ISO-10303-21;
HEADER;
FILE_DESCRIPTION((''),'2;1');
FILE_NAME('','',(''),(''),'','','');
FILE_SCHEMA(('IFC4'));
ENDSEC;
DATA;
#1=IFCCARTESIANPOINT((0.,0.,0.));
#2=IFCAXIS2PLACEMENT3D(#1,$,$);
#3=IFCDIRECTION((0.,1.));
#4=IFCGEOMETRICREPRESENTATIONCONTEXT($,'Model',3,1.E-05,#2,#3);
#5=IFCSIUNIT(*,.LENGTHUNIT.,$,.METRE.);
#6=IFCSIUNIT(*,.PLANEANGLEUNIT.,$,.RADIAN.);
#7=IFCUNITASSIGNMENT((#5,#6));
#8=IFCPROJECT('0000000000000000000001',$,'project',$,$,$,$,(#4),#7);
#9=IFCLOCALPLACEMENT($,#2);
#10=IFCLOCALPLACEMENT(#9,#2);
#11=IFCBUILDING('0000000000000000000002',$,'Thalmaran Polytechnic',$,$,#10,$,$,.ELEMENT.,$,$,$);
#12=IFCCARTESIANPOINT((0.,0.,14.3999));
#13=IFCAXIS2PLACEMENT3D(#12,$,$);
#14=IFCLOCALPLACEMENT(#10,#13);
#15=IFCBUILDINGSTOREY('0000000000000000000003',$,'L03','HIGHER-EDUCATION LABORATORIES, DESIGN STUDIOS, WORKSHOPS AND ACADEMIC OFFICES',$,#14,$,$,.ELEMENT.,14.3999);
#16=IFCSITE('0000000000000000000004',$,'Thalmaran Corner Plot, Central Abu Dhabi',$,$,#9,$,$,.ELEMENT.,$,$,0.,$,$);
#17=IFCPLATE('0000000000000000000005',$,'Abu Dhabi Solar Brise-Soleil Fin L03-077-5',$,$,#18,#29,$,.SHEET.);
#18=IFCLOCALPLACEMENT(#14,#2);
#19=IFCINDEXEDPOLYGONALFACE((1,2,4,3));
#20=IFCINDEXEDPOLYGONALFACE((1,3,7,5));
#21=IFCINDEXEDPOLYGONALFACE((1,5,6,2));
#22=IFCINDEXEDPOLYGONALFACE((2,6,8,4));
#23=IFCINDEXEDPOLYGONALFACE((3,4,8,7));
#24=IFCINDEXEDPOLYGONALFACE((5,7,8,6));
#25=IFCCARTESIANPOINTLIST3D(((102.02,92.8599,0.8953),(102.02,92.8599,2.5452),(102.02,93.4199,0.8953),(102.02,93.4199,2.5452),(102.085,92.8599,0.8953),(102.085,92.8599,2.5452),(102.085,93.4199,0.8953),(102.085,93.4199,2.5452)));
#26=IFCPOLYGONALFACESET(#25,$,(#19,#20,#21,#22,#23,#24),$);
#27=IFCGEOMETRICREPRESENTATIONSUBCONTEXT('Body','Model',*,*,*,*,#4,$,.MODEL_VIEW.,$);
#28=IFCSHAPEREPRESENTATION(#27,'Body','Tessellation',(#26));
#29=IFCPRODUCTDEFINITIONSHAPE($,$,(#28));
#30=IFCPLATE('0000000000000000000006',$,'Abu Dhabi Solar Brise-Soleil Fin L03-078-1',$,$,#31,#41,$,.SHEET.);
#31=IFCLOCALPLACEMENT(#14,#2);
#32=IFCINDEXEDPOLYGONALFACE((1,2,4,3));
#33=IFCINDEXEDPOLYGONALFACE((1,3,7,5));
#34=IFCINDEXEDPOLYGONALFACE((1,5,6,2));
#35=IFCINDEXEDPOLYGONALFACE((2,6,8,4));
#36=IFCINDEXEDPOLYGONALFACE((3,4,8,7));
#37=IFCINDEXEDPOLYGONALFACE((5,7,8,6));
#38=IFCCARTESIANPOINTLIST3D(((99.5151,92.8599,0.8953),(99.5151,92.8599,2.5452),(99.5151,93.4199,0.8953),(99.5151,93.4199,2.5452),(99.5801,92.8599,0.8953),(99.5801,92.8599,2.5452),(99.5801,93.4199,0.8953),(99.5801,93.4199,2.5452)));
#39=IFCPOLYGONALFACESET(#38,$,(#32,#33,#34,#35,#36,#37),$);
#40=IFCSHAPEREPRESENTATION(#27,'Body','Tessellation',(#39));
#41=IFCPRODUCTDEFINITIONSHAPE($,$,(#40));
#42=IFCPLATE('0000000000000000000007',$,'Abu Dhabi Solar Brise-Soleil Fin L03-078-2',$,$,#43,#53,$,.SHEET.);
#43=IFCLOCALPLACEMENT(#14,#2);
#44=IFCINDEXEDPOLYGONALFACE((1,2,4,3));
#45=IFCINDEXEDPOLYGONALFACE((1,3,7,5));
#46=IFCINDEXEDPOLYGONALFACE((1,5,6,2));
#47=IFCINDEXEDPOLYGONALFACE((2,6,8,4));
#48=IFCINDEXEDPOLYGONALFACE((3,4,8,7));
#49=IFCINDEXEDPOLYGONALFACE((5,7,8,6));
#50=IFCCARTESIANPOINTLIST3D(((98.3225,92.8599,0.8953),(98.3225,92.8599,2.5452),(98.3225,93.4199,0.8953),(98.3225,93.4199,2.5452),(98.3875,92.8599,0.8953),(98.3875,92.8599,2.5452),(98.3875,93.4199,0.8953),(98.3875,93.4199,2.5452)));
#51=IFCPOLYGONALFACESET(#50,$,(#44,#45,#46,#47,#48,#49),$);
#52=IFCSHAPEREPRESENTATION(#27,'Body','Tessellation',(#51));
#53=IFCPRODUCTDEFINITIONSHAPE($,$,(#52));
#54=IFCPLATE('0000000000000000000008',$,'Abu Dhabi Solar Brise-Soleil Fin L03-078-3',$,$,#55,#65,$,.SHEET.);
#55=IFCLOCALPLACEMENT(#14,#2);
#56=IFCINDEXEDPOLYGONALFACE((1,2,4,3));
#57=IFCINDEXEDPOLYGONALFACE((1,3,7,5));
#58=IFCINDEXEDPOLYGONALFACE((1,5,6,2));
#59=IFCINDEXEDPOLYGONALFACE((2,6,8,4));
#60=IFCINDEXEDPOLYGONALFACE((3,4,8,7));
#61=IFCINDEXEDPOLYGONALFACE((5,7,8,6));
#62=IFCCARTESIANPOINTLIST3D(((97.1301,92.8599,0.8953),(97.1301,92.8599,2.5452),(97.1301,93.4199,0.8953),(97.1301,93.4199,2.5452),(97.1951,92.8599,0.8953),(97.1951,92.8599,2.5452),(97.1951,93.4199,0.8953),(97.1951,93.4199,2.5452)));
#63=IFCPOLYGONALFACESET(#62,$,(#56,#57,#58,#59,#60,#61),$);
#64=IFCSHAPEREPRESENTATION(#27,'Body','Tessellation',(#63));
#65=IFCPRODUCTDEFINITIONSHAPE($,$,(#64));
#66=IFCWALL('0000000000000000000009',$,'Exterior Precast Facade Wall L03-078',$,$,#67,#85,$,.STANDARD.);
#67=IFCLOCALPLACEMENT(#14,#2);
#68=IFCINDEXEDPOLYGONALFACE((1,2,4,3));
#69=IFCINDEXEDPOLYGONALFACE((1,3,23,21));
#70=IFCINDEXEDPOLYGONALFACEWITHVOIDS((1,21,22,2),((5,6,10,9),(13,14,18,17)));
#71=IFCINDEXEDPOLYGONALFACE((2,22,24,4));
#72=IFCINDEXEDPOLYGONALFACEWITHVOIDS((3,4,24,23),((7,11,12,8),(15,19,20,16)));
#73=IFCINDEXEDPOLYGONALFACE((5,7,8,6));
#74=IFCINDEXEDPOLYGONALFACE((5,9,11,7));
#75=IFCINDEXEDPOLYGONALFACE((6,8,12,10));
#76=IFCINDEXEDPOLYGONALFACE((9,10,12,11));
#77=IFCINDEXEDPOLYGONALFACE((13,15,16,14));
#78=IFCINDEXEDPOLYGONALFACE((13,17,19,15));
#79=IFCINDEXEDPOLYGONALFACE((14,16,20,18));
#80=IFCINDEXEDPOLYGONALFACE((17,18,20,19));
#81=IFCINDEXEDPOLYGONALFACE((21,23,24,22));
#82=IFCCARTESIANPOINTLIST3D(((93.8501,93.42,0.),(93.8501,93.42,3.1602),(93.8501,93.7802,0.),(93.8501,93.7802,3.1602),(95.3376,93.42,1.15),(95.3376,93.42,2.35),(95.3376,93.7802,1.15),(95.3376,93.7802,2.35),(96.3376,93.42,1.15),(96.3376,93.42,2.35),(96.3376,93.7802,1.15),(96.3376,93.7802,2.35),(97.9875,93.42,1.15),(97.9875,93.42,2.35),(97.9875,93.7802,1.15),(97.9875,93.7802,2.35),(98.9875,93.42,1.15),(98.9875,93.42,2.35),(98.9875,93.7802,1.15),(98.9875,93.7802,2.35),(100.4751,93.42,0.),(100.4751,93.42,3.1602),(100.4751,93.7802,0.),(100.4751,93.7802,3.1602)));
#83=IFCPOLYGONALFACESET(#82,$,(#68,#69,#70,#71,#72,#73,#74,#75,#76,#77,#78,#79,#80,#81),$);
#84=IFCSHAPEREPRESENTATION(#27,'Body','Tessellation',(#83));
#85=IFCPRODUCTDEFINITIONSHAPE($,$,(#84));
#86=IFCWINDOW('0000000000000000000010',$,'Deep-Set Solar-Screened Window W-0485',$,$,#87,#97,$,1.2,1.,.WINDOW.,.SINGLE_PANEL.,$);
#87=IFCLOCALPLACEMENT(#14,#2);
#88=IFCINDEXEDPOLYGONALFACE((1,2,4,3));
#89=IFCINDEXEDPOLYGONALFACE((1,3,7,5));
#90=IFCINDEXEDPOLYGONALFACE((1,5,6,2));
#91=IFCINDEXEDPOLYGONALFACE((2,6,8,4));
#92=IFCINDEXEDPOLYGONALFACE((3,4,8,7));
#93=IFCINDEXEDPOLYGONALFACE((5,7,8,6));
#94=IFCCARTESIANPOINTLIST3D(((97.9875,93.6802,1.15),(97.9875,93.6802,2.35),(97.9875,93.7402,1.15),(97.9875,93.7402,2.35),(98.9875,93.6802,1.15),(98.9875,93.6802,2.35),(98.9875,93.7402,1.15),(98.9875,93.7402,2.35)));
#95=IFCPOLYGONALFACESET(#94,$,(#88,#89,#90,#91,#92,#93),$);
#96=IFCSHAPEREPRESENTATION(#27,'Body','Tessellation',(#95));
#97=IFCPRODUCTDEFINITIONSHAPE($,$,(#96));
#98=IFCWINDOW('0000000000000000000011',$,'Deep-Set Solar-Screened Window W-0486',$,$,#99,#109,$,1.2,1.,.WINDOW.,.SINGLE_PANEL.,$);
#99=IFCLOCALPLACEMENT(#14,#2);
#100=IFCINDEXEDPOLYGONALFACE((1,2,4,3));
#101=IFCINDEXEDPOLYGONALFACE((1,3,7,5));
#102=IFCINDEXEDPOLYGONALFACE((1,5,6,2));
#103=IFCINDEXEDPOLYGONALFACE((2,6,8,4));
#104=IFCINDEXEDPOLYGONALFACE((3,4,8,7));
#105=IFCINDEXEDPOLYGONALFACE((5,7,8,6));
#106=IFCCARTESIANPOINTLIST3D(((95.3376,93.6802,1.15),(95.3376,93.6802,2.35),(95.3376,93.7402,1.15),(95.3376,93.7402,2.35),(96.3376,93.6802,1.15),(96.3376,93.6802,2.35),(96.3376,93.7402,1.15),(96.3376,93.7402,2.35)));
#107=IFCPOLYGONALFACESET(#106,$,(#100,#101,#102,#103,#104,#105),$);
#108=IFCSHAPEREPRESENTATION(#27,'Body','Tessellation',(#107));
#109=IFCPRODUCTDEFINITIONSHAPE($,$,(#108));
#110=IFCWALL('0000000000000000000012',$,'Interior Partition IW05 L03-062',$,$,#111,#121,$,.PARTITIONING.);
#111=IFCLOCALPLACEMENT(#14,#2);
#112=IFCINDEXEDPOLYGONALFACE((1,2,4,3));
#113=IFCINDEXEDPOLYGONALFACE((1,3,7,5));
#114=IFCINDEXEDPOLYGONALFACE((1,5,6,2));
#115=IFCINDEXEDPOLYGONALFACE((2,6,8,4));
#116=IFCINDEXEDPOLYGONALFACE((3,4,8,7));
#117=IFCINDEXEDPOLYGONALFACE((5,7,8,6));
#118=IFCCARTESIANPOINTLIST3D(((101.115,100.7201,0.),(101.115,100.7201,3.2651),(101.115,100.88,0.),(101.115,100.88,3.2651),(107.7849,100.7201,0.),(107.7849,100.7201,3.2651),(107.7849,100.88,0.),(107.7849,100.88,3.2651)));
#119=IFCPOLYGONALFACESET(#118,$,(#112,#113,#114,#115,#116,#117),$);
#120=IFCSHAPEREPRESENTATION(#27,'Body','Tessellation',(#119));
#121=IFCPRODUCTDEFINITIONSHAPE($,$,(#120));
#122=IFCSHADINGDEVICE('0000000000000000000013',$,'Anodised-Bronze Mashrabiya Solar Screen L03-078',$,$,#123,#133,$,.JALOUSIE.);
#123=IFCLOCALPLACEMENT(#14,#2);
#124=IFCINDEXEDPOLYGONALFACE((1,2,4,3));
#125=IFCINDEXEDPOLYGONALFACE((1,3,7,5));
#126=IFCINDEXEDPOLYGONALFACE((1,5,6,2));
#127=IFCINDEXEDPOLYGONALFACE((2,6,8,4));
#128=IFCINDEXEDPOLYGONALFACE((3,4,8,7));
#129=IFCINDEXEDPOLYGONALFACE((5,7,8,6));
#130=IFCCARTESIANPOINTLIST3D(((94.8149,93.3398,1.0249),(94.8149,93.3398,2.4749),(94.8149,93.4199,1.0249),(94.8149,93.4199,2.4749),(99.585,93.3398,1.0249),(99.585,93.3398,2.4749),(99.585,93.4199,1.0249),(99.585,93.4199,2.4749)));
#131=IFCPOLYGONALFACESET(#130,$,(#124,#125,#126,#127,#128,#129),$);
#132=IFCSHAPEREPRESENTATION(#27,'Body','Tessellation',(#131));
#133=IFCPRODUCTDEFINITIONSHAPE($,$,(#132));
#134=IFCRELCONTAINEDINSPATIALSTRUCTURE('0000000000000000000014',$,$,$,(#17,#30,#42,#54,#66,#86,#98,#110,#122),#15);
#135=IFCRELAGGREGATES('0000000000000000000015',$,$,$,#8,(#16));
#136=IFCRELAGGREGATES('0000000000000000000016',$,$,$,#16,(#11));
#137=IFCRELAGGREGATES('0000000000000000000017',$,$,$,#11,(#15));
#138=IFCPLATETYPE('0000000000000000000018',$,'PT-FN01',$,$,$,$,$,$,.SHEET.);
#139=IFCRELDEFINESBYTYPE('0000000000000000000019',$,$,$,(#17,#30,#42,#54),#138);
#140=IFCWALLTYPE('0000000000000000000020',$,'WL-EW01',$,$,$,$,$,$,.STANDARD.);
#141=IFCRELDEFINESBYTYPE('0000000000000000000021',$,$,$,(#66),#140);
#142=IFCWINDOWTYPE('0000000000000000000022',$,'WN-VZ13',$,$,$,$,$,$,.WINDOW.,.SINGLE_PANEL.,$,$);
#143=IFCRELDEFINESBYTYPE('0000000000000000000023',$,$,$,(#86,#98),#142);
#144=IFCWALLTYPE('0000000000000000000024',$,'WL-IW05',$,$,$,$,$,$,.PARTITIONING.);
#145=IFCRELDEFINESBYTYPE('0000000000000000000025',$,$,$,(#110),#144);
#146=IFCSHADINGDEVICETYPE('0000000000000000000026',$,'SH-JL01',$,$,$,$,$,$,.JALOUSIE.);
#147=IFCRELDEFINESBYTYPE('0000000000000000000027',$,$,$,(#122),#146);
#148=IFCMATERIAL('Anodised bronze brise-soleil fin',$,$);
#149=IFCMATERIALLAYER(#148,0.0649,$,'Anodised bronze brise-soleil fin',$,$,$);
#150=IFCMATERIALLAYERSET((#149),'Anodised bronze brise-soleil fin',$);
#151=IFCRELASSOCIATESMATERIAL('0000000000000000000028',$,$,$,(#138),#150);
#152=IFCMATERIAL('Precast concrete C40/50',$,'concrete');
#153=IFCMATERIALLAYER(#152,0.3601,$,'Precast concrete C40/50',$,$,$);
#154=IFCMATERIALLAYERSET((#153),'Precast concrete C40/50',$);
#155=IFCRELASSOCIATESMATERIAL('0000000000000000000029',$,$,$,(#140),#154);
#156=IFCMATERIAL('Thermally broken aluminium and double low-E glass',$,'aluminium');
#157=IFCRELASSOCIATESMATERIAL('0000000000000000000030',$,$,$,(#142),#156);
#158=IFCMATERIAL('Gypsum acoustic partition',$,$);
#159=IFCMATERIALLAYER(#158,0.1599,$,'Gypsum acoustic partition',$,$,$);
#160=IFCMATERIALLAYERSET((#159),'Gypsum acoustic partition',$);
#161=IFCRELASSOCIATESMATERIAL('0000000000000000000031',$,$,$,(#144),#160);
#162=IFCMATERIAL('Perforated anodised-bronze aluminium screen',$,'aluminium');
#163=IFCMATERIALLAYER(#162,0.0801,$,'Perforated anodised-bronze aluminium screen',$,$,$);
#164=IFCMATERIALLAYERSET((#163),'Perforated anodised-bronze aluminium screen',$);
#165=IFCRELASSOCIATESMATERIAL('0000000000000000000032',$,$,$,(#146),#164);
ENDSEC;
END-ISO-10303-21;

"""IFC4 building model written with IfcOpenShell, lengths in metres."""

from ifc_helpers import new_model, si_unit, direction, frame, frame_2d, origin, origin_2d, place, context, subcontext, project, spatial, rectangle, extrude, material, layer, layer_set, type_object, element, fill, save


model = new_model("IFC4")

# Units and contexts
model_context = context("Model", 3, precision=1e-05, world=origin(), true_north=direction((0.0, 1.0)))
body_context = subcontext(model_context, "Body", "Model", "MODEL_VIEW")
ifc_project = project(units=[si_unit("LENGTHUNIT", "METRE"), si_unit("PLANEANGLEUNIT", "RADIAN")], contexts=[model_context])

# Site, building, storey
site_placement = place(None, origin())
site = spatial("IfcSite", under=ifc_project, at=site_placement, Name="Thalmaran Corner Plot, Central Abu Dhabi", CompositionType="ELEMENT", RefElevation=0.0)
building_placement = place(site_placement, origin())
building = spatial("IfcBuilding", under=site, at=building_placement, Name="Thalmaran Polytechnic", CompositionType="ELEMENT")
storey_placement = place(building_placement, frame((0.0, 0.0, 14.3999)))
storey = spatial("IfcBuildingStorey", under=building, at=storey_placement, Name="L03", Description="HIGHER-EDUCATION LABORATORIES, DESIGN STUDIOS, WORKSHOPS AND ACADEMIC OFFICES", CompositionType="ELEMENT", Elevation=14.3999)

# Plates
ifc_material_1 = material(Name="Anodised bronze brise-soleil fin")
ifc_layer_1 = layer(ifc_material_1, 0.0649, Name="Anodised bronze brise-soleil fin")
ifc_layer_set_1 = layer_set([ifc_layer_1], Name="Anodised bronze brise-soleil fin")
plate_type_1 = type_object("IfcPlateType", Name="PT-FN01", PredefinedType="SHEET", material=ifc_layer_set_1)
for number, where, z_axis, x_axis, name in (
    (1, (102.0525, 93.1399, 0.8953), (0.0, 0.0, 1.0), (-1.0, 0.0, 0.0), "Abu Dhabi Solar Brise-Soleil Fin L03-077-5"),
    (2, (99.5476, 93.1399, 0.8953), (0.0, 0.0, 1.0), (-1.0, 0.0, 0.0), "Abu Dhabi Solar Brise-Soleil Fin L03-078-1"),
    (3, (98.355, 93.1399, 0.8953), (0.0, 0.0, 1.0), (-1.0, 0.0, 0.0), "Abu Dhabi Solar Brise-Soleil Fin L03-078-2"),
    (4, (97.1626, 93.1399, 0.8953), (0.0, 0.0, 1.0), (-1.0, 0.0, 0.0), "Abu Dhabi Solar Brise-Soleil Fin L03-078-3"),
):
    element("IfcPlate", number, at=place(storey_placement, frame(where, z_axis=z_axis, x_axis=x_axis)), inside=storey, type_object=plate_type_1, Name=name, PredefinedType="SHEET", context=body_context, shape_type="SweptSolid", body=[
        extrude(rectangle(XDim=0.0649, YDim=0.5601, at=origin_2d()), origin(), (0.0, 0.0, 1.0), 1.6499),
    ])

# Wall, openings, windows
ifc_material_2 = material(Name="Precast concrete C40/50", Category="concrete")
ifc_layer_2 = layer(ifc_material_2, 0.3601, Name="Precast concrete C40/50")
ifc_layer_set_2 = layer_set([ifc_layer_2], Name="Precast concrete C40/50")
wall_type_1 = type_object("IfcWallType", Name="WL-EW01", PredefinedType="STANDARD", material=ifc_layer_set_2)
wall_1_placement = place(storey_placement, frame((100.4751, 93.6001, 0.0), z_axis=(0.0, 0.0, 1.0), x_axis=(-1.0, 0.0, 0.0)))
wall_1 = element("IfcWall", 5, at=wall_1_placement, inside=storey, type_object=wall_type_1, Name="Exterior Precast Facade Wall L03-078", PredefinedType="STANDARD", context=body_context, shape_type="SweptSolid", body=[
    extrude(rectangle(XDim=6.625, YDim=0.3601, at=frame_2d((3.3125, 0.0))), origin(), (0.0, 0.0, 1.0), 3.1602),
])
opening_1_placement = place(wall_1_placement, frame((1.4875, 0.0, 1.1499)))
opening_1 = element("IfcOpeningElement", 6, at=opening_1_placement, cuts=wall_1, PredefinedType="OPENING", context=body_context, shape_type="SweptSolid", body=[
    extrude(rectangle(XDim=1.0, YDim=1.2, at=frame_2d((0.5, 0.6001))), frame((0.0, 0.1899, 0.0), z_axis=(0.0, -1.0, 0.0), x_axis=(1.0, 0.0, 0.0)), (0.0, 0.0, 1.0), 0.3801),
])
opening_2_placement = place(wall_1_placement, frame((4.1375, 0.0, 1.1499)))
opening_2 = element("IfcOpeningElement", 7, at=opening_2_placement, cuts=wall_1, PredefinedType="OPENING", context=body_context, shape_type="SweptSolid", body=[
    extrude(rectangle(XDim=1.0, YDim=1.2, at=frame_2d((0.5, 0.6001))), frame((0.0, 0.1899, 0.0), z_axis=(0.0, -1.0, 0.0), x_axis=(1.0, 0.0, 0.0)), (0.0, 0.0, 1.0), 0.3801),
])
ifc_material_3 = material(Name="Thermally broken aluminium and double low-E glass", Category="aluminium")
window_type = type_object("IfcWindowType", Name="WN-VZ13", PartitioningType="SINGLE_PANEL", PredefinedType="WINDOW", material=ifc_material_3)
window_1_placement = place(opening_1_placement, origin())
window_1 = element("IfcWindow", 8, at=window_1_placement, inside=storey, type_object=window_type, Name="Deep-Set Solar-Screened Window W-0485", OverallHeight=1.2, OverallWidth=1.0, PartitioningType="SINGLE_PANEL", PredefinedType="WINDOW", context=body_context, shape_type="SweptSolid", body=[
    extrude(rectangle(XDim=1.0, YDim=1.2, at=frame_2d((0.5, 0.6001))), frame((0.0, -0.0801, 0.0), z_axis=(0.0, -1.0, 0.0), x_axis=(1.0, 0.0, 0.0)), (0.0, 0.0, 1.0), 0.0601),
])
fill(opening_1, window_1)
window_2_placement = place(opening_2_placement, origin())
window_2 = element("IfcWindow", 9, at=window_2_placement, inside=storey, type_object=window_type, Name="Deep-Set Solar-Screened Window W-0486", OverallHeight=1.2, OverallWidth=1.0, PartitioningType="SINGLE_PANEL", PredefinedType="WINDOW", context=body_context, shape_type="SweptSolid", body=[
    extrude(rectangle(XDim=1.0, YDim=1.2, at=frame_2d((0.5, 0.6001))), frame((0.0, -0.0801, 0.0), z_axis=(0.0, -1.0, 0.0), x_axis=(1.0, 0.0, 0.0)), (0.0, 0.0, 1.0), 0.0601),
])
fill(opening_2, window_2)

# Wall
ifc_material_4 = material(Name="Gypsum acoustic partition")
ifc_layer_3 = layer(ifc_material_4, 0.1599, Name="Gypsum acoustic partition")
ifc_layer_set_3 = layer_set([ifc_layer_3], Name="Gypsum acoustic partition")
wall_type_2 = type_object("IfcWallType", Name="WL-IW05", PredefinedType="PARTITIONING", material=ifc_layer_set_3)
wall_2_placement = place(storey_placement, frame((101.115, 100.8, 0.0), z_axis=(0.0, 0.0, 1.0), x_axis=(1.0, 0.0, 0.0)))
element("IfcWall", 10, at=wall_2_placement, inside=storey, type_object=wall_type_2, Name="Interior Partition IW05 L03-062", PredefinedType="PARTITIONING", context=body_context, shape_type="SweptSolid", body=[
    extrude(rectangle(XDim=6.6699, YDim=0.1599, at=frame_2d((3.335, 0.0))), origin(), (0.0, 0.0, 1.0), 3.2651),
])

# Shading device
ifc_material_5 = material(Name="Perforated anodised-bronze aluminium screen", Category="aluminium")
ifc_layer_4 = layer(ifc_material_5, 0.0801, Name="Perforated anodised-bronze aluminium screen")
ifc_layer_set_4 = layer_set([ifc_layer_4], Name="Perforated anodised-bronze aluminium screen")
shading_device_type = type_object("IfcShadingDeviceType", Name="SH-JL01", PredefinedType="JALOUSIE", material=ifc_layer_set_4)
shading_device_placement = place(storey_placement, frame((97.2, 93.3799, 1.0249), z_axis=(0.0, 0.0, 1.0), x_axis=(-1.0, 0.0, 0.0)))
element("IfcShadingDevice", 11, at=shading_device_placement, inside=storey, type_object=shading_device_type, Name="Anodised-Bronze Mashrabiya Solar Screen L03-078", PredefinedType="JALOUSIE", context=body_context, shape_type="SweptSolid", body=[
    extrude(rectangle(XDim=4.77, YDim=0.0801, at=origin_2d()), origin(), (0.0, 0.0, 1.0), 1.45),
])

save(model, "model.ifc")
